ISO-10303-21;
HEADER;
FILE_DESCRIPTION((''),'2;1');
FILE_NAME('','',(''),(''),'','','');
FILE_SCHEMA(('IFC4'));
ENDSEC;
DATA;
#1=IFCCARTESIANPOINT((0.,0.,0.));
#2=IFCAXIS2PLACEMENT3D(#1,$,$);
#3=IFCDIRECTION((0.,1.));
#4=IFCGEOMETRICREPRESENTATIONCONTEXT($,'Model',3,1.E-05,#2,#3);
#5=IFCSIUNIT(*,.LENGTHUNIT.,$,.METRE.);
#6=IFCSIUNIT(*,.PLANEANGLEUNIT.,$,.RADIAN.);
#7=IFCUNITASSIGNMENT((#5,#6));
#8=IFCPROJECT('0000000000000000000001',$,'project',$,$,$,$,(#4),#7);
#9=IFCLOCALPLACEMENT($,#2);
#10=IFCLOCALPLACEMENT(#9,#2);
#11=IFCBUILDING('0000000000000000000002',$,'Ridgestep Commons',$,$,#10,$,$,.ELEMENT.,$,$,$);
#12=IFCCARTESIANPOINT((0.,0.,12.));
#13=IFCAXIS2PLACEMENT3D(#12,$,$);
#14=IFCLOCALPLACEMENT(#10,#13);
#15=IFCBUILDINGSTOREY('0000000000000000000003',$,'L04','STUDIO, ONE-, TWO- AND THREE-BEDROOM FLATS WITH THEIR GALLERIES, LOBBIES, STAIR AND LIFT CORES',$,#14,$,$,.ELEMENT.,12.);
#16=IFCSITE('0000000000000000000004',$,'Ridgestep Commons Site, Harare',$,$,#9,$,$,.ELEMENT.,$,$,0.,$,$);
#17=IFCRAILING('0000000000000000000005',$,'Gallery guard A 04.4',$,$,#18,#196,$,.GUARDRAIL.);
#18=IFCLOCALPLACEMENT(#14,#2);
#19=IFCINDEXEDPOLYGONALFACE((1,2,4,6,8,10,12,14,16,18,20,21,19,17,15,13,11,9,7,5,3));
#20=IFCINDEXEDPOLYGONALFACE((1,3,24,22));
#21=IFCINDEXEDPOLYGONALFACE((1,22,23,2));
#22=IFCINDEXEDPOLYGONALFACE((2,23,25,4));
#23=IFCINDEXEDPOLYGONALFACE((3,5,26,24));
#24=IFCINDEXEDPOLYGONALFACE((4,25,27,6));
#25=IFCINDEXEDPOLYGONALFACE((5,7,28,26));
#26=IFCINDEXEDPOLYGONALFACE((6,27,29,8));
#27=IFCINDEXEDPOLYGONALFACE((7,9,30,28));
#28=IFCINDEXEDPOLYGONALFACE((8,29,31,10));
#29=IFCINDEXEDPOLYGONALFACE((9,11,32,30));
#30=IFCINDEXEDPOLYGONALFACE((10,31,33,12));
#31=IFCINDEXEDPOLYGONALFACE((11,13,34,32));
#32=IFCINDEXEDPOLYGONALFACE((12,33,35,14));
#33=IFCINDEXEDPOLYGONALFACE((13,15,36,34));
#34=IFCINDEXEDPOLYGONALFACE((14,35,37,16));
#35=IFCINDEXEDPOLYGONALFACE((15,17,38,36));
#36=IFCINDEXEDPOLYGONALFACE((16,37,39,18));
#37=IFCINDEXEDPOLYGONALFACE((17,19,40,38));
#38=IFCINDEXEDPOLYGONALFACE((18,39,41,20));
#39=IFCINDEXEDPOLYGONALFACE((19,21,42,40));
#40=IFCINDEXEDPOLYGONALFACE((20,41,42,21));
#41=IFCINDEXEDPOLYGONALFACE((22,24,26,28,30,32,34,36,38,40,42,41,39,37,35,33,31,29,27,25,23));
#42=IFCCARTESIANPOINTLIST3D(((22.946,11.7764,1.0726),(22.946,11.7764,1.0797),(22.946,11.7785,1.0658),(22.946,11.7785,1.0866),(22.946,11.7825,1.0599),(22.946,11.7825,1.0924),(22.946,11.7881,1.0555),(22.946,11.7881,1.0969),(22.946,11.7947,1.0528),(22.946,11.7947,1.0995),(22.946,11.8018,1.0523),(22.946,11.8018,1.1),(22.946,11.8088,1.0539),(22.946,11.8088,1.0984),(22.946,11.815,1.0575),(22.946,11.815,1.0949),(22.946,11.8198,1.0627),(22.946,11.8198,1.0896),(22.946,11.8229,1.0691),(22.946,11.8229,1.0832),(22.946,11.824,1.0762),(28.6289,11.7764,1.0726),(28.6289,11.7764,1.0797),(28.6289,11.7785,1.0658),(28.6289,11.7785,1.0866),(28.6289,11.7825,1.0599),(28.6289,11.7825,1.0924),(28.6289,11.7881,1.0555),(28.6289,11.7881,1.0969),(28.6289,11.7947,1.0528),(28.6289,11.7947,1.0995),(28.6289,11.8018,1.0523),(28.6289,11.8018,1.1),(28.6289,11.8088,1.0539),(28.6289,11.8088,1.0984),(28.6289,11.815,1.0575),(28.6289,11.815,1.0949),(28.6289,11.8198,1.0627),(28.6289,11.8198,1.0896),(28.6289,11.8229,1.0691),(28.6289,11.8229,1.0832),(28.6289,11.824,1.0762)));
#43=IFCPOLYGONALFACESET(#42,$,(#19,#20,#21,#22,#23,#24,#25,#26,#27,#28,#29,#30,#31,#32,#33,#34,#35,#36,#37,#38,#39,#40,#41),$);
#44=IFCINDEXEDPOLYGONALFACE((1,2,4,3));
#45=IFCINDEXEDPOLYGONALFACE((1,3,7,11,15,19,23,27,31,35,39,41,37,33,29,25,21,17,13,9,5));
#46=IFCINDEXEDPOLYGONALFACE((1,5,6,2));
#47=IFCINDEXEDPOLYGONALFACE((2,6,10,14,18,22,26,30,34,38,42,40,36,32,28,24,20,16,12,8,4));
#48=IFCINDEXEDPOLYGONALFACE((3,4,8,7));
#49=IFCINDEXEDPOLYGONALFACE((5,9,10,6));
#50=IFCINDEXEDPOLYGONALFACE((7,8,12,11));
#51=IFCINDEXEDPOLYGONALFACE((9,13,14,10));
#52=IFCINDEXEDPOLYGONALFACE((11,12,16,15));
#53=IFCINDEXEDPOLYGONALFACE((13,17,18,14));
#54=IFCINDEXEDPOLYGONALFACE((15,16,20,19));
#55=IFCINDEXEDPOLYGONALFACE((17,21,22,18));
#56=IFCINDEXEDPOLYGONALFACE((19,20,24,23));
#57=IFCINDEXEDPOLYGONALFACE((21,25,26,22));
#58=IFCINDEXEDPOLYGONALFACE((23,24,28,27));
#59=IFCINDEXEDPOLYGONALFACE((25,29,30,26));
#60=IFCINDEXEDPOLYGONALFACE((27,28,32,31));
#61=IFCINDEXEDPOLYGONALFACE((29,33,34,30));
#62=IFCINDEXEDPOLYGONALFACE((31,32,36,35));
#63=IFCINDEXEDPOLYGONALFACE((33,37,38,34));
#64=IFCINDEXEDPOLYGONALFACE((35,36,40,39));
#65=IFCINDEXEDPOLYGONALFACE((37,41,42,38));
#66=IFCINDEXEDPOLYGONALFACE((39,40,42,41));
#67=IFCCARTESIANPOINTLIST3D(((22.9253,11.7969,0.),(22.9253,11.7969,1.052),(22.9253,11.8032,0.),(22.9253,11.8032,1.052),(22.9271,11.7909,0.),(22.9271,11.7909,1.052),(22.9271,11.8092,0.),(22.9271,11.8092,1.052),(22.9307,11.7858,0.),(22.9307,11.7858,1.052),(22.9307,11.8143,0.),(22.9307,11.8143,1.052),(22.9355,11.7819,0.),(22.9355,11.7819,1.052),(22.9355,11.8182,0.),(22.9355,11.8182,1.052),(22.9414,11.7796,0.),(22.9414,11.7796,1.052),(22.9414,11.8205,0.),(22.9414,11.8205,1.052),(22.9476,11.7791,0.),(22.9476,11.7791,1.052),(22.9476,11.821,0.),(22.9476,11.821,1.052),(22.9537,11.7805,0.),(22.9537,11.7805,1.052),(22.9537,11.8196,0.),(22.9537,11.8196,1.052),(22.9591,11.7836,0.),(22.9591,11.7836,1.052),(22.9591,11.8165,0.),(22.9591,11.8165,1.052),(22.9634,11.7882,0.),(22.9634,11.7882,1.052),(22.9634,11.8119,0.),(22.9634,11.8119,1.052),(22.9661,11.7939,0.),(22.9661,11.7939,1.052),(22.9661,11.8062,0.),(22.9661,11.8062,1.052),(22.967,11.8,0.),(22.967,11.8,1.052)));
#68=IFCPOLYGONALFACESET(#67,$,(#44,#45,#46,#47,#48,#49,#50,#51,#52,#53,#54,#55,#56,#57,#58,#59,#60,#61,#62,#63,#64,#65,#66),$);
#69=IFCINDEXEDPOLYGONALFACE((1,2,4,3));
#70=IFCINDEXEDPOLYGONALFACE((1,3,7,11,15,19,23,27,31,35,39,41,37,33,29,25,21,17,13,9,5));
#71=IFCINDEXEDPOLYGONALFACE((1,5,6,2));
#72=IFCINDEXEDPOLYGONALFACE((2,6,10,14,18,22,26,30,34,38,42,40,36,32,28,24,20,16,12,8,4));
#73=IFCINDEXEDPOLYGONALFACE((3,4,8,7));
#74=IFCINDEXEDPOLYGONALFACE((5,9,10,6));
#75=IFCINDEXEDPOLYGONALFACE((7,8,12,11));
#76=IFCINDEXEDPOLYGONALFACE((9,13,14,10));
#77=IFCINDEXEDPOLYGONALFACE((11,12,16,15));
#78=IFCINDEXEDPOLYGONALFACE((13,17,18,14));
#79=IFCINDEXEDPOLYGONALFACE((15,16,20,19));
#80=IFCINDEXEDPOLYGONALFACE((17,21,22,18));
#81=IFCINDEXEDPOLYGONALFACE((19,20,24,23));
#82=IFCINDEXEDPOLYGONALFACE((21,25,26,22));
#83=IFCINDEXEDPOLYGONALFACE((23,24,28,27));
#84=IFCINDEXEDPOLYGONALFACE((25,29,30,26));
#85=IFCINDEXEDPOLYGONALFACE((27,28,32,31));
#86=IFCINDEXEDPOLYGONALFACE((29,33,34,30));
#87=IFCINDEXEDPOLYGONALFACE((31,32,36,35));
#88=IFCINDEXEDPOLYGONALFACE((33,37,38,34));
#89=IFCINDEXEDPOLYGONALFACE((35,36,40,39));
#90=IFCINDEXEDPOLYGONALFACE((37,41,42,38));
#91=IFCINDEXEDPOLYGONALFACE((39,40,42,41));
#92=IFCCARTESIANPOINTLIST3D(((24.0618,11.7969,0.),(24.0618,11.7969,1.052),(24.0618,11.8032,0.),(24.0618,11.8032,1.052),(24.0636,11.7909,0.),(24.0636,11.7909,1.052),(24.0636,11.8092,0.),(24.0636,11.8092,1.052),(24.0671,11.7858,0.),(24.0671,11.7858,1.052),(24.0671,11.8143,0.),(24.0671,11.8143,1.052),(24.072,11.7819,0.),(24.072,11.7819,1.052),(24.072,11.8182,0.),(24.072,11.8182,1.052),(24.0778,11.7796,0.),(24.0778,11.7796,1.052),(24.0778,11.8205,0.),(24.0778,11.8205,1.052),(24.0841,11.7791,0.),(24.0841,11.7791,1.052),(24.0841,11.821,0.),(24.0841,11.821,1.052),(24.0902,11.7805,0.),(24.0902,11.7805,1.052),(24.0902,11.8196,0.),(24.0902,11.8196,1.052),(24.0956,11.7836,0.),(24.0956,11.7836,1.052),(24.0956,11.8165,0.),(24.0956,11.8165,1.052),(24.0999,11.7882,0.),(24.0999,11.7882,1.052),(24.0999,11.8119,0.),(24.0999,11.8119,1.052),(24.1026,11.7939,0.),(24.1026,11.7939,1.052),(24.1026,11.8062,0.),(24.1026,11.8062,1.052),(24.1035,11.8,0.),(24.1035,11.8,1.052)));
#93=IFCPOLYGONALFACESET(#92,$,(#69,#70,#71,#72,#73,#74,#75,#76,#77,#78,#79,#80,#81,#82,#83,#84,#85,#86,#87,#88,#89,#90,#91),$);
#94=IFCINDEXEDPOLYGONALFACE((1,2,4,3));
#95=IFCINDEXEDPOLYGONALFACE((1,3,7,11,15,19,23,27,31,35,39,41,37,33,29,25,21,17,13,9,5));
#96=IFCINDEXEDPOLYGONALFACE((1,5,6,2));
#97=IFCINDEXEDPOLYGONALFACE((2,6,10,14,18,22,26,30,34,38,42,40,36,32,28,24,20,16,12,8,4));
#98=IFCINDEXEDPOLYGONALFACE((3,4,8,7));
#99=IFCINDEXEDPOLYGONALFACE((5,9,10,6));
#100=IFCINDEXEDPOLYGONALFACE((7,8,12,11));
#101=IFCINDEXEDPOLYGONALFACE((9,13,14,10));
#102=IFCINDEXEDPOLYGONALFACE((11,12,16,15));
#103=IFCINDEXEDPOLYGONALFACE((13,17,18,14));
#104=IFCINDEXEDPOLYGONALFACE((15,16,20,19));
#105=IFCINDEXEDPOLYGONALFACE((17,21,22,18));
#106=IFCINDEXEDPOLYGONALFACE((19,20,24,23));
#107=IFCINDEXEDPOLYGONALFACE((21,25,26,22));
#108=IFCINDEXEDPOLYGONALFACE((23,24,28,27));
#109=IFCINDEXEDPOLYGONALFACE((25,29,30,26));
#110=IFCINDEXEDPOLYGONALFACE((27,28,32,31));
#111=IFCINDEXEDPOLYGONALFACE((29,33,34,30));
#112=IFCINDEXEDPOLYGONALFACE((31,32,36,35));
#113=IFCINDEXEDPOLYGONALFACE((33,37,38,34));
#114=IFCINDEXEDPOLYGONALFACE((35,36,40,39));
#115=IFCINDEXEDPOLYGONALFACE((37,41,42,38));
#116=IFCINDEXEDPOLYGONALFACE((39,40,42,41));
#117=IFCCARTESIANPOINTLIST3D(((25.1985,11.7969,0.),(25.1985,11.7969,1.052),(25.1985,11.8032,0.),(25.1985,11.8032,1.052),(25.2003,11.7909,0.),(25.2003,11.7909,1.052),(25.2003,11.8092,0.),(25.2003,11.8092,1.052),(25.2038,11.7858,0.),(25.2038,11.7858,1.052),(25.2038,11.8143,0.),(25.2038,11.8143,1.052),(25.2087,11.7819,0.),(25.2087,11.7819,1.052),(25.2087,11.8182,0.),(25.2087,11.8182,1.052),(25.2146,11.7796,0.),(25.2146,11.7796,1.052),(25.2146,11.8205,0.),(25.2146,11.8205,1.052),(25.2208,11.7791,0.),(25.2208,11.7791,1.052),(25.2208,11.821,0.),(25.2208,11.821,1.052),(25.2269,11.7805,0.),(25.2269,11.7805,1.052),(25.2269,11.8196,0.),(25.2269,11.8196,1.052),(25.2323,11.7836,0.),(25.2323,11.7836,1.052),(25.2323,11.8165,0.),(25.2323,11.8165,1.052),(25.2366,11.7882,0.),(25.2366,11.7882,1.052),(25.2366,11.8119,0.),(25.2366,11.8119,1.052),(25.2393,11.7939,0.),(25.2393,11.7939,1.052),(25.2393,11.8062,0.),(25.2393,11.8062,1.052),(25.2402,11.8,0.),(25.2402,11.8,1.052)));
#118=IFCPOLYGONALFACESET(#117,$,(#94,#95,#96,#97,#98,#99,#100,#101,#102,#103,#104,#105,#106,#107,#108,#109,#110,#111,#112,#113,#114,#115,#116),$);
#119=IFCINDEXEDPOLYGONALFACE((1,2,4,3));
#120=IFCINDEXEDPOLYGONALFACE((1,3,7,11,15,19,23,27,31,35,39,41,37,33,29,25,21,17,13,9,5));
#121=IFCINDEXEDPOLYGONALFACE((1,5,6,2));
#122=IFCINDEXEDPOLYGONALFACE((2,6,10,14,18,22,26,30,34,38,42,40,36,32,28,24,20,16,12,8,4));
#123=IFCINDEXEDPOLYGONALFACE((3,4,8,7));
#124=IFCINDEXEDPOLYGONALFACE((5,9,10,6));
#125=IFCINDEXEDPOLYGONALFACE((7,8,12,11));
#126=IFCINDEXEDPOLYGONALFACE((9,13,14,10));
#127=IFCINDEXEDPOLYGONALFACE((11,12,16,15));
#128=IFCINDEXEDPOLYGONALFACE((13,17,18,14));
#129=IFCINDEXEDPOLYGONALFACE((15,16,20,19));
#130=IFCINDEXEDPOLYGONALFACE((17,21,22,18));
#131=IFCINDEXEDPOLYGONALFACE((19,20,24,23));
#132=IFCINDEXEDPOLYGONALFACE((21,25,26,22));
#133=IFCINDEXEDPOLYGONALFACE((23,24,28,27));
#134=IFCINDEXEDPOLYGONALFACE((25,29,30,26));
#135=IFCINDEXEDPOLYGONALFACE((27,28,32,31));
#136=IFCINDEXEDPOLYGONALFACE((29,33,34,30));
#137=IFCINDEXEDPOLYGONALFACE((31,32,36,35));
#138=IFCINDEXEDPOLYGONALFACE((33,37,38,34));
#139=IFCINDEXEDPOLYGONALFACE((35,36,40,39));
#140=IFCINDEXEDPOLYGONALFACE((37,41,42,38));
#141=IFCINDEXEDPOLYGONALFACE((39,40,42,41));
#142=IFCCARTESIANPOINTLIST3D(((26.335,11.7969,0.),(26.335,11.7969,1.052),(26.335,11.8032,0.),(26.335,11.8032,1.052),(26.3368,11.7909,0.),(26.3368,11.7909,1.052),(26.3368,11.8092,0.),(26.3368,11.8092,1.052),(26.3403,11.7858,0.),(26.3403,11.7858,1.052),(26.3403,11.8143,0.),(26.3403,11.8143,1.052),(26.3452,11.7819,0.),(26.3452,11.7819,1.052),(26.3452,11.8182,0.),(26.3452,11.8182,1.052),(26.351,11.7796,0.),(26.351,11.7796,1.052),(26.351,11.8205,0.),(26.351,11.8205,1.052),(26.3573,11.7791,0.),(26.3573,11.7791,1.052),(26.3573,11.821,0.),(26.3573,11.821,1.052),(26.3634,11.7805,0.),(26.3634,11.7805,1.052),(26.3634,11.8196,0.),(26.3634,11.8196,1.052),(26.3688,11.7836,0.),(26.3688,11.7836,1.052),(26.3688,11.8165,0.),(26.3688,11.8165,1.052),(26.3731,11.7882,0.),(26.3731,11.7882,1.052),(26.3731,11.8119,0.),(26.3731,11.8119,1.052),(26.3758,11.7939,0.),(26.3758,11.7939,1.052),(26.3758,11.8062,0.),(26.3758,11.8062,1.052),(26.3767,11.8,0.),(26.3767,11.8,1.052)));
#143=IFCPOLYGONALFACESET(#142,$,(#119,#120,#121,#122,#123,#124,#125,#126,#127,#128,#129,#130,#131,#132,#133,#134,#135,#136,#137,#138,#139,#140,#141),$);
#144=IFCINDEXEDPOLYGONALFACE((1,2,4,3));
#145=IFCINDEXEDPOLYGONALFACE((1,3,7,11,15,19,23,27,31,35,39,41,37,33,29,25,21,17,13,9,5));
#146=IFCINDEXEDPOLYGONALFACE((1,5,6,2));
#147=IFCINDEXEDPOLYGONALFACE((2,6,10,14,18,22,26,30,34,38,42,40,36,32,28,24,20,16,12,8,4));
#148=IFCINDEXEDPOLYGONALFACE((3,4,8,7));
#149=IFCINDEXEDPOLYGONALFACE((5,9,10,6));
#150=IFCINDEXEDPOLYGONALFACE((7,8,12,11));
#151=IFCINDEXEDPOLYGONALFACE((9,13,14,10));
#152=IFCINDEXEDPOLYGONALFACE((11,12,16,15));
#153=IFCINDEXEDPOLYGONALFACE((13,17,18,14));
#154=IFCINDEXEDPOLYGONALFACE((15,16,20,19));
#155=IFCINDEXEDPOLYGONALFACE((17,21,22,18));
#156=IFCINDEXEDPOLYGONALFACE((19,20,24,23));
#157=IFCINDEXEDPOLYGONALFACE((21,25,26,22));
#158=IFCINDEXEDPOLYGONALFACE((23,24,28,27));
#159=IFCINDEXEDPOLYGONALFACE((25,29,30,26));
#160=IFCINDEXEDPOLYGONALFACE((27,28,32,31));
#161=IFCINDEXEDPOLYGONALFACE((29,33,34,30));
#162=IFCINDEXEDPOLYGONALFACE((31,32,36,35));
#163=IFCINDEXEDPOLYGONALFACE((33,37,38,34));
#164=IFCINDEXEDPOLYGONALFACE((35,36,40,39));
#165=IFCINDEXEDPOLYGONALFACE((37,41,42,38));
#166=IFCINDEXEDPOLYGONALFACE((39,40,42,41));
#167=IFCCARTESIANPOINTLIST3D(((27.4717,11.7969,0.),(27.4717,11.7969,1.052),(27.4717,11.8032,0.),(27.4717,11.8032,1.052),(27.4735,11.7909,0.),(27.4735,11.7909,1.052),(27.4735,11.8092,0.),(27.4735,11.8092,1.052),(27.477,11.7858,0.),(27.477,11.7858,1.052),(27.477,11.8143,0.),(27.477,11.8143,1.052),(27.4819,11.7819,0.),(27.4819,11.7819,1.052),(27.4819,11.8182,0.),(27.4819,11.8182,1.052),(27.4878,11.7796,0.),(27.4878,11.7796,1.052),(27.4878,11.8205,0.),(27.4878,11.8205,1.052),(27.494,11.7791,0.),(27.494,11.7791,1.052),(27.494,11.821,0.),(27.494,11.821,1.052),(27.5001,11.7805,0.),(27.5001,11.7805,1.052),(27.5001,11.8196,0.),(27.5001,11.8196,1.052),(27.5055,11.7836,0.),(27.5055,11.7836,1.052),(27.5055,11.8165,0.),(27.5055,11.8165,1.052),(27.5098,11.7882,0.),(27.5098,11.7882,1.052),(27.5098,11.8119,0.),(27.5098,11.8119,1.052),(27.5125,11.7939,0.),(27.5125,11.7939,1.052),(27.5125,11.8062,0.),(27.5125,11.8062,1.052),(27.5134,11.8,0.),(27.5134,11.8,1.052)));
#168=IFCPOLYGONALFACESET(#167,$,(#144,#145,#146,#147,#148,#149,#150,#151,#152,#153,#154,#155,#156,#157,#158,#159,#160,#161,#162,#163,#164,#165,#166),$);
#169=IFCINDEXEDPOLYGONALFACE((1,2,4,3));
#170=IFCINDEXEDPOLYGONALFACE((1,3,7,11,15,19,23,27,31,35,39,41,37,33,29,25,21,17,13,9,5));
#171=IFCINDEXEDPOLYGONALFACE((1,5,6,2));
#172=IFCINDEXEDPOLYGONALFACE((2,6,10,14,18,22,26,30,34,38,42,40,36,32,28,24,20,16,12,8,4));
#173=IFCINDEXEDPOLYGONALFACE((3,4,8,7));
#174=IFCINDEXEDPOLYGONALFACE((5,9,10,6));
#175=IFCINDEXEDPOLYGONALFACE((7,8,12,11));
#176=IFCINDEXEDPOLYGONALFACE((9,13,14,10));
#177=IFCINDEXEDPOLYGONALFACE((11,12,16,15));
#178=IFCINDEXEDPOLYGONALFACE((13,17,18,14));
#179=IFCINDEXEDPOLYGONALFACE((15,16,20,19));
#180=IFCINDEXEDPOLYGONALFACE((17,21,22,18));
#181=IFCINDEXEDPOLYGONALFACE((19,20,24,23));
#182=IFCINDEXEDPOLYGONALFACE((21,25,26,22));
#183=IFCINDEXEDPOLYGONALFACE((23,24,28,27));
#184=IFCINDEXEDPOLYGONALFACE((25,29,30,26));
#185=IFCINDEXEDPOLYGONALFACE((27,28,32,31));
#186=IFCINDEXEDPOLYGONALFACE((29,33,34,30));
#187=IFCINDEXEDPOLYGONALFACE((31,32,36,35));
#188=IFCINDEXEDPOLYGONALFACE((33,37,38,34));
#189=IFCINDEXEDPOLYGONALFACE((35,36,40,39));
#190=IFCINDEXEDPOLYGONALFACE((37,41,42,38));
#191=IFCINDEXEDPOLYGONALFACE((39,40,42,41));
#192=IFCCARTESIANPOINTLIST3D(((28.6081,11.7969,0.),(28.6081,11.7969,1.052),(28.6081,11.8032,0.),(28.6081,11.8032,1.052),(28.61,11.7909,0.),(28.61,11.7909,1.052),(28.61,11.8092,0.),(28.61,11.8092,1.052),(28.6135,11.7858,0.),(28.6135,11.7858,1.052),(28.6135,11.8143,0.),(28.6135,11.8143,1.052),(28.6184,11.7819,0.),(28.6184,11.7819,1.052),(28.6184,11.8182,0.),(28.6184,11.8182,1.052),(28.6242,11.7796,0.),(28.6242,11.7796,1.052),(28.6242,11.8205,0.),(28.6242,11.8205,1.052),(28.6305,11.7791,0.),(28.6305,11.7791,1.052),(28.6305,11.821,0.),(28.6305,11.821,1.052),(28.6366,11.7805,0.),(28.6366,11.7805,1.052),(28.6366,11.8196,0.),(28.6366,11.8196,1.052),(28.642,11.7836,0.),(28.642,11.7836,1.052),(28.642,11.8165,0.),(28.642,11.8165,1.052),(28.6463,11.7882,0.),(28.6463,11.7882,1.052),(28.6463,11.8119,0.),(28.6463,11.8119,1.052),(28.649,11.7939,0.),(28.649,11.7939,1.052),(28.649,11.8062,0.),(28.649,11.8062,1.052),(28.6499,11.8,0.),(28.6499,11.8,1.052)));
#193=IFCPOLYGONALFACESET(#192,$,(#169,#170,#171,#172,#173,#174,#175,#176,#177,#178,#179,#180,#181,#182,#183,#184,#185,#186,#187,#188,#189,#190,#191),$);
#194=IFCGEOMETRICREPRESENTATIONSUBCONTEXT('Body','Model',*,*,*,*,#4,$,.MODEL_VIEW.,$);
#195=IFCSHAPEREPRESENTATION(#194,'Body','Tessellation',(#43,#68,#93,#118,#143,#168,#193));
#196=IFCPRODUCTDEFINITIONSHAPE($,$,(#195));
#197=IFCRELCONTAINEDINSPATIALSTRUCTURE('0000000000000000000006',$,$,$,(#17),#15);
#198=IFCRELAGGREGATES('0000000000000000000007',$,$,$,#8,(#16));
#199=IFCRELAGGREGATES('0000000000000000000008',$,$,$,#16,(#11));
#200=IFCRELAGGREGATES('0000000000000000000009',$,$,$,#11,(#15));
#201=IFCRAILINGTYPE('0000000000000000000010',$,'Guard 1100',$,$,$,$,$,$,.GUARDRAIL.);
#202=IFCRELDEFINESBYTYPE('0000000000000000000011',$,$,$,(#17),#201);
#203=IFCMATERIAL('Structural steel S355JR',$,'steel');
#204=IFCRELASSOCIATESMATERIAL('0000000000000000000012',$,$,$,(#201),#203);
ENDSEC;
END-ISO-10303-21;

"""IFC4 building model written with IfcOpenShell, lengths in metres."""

from ifc_helpers import new_model, si_unit, direction, frame, origin, origin_2d, place, context, subcontext, project, spatial, circle, extrude, material, type_object, element, save


model = new_model("IFC4")

# Units and contexts
model_context = context("Model", 3, precision=1e-05, world=origin(), true_north=direction((0.0, 1.0)))
body_context = subcontext(model_context, "Body", "Model", "MODEL_VIEW")
ifc_project = project(units=[si_unit("LENGTHUNIT", "METRE"), si_unit("PLANEANGLEUNIT", "RADIAN")], contexts=[model_context])

# Site, building, storey
site_placement = place(None, origin())
site = spatial("IfcSite", under=ifc_project, at=site_placement, Name="Ridgestep Commons Site, Harare", CompositionType="ELEMENT", RefElevation=0.0)
building_placement = place(site_placement, origin())
building = spatial("IfcBuilding", under=site, at=building_placement, Name="Ridgestep Commons", CompositionType="ELEMENT")
storey_placement = place(building_placement, frame((0.0, 0.0, 12.0)))
storey = spatial("IfcBuildingStorey", under=building, at=storey_placement, Name="L04", Description="STUDIO, ONE-, TWO- AND THREE-BEDROOM FLATS WITH THEIR GALLERIES, LOBBIES, STAIR AND LIFT CORES", CompositionType="ELEMENT", Elevation=12.0)

# Railing
ifc_material_1 = material(Name="Structural steel S355JR", Category="steel")
railing_type = type_object("IfcRailingType", Name="Guard 1100", PredefinedType="GUARDRAIL", material=ifc_material_1)
railing_1_placement = place(storey_placement, frame((22.946, 11.8, 0.0)))
element("IfcRailing", 1, at=railing_1_placement, inside=storey, type_object=railing_type, Name="Gallery guard A 04.4", PredefinedType="GUARDRAIL", context=body_context, shape_type="SweptSolid", body=[
    extrude(circle(Radius=0.0239, at=origin_2d()), frame((0.0, 0.0, 1.0762), z_axis=(1.0, 0.0, 0.0), x_axis=(0.0, 1.0, 0.0)), (0.0, 0.0, 1.0), 5.6829),
    extrude(circle(Radius=0.021, at=origin_2d()), origin(), (0.0, 0.0, 1.0), 1.052),
    extrude(circle(Radius=0.021, at=origin_2d()), frame((1.1365, 0.0, 0.0)), (0.0, 0.0, 1.0), 1.052),
    extrude(circle(Radius=0.021, at=origin_2d()), frame((2.2732, 0.0, 0.0)), (0.0, 0.0, 1.0), 1.052),
    extrude(circle(Radius=0.021, at=origin_2d()), frame((3.4097, 0.0, 0.0)), (0.0, 0.0, 1.0), 1.052),
    extrude(circle(Radius=0.021, at=origin_2d()), frame((4.5464, 0.0, 0.0)), (0.0, 0.0, 1.0), 1.052),
    extrude(circle(Radius=0.021, at=origin_2d()), frame((5.6829, 0.0, 0.0)), (0.0, 0.0, 1.0), 1.052),
])

save(model, "model.ifc")
